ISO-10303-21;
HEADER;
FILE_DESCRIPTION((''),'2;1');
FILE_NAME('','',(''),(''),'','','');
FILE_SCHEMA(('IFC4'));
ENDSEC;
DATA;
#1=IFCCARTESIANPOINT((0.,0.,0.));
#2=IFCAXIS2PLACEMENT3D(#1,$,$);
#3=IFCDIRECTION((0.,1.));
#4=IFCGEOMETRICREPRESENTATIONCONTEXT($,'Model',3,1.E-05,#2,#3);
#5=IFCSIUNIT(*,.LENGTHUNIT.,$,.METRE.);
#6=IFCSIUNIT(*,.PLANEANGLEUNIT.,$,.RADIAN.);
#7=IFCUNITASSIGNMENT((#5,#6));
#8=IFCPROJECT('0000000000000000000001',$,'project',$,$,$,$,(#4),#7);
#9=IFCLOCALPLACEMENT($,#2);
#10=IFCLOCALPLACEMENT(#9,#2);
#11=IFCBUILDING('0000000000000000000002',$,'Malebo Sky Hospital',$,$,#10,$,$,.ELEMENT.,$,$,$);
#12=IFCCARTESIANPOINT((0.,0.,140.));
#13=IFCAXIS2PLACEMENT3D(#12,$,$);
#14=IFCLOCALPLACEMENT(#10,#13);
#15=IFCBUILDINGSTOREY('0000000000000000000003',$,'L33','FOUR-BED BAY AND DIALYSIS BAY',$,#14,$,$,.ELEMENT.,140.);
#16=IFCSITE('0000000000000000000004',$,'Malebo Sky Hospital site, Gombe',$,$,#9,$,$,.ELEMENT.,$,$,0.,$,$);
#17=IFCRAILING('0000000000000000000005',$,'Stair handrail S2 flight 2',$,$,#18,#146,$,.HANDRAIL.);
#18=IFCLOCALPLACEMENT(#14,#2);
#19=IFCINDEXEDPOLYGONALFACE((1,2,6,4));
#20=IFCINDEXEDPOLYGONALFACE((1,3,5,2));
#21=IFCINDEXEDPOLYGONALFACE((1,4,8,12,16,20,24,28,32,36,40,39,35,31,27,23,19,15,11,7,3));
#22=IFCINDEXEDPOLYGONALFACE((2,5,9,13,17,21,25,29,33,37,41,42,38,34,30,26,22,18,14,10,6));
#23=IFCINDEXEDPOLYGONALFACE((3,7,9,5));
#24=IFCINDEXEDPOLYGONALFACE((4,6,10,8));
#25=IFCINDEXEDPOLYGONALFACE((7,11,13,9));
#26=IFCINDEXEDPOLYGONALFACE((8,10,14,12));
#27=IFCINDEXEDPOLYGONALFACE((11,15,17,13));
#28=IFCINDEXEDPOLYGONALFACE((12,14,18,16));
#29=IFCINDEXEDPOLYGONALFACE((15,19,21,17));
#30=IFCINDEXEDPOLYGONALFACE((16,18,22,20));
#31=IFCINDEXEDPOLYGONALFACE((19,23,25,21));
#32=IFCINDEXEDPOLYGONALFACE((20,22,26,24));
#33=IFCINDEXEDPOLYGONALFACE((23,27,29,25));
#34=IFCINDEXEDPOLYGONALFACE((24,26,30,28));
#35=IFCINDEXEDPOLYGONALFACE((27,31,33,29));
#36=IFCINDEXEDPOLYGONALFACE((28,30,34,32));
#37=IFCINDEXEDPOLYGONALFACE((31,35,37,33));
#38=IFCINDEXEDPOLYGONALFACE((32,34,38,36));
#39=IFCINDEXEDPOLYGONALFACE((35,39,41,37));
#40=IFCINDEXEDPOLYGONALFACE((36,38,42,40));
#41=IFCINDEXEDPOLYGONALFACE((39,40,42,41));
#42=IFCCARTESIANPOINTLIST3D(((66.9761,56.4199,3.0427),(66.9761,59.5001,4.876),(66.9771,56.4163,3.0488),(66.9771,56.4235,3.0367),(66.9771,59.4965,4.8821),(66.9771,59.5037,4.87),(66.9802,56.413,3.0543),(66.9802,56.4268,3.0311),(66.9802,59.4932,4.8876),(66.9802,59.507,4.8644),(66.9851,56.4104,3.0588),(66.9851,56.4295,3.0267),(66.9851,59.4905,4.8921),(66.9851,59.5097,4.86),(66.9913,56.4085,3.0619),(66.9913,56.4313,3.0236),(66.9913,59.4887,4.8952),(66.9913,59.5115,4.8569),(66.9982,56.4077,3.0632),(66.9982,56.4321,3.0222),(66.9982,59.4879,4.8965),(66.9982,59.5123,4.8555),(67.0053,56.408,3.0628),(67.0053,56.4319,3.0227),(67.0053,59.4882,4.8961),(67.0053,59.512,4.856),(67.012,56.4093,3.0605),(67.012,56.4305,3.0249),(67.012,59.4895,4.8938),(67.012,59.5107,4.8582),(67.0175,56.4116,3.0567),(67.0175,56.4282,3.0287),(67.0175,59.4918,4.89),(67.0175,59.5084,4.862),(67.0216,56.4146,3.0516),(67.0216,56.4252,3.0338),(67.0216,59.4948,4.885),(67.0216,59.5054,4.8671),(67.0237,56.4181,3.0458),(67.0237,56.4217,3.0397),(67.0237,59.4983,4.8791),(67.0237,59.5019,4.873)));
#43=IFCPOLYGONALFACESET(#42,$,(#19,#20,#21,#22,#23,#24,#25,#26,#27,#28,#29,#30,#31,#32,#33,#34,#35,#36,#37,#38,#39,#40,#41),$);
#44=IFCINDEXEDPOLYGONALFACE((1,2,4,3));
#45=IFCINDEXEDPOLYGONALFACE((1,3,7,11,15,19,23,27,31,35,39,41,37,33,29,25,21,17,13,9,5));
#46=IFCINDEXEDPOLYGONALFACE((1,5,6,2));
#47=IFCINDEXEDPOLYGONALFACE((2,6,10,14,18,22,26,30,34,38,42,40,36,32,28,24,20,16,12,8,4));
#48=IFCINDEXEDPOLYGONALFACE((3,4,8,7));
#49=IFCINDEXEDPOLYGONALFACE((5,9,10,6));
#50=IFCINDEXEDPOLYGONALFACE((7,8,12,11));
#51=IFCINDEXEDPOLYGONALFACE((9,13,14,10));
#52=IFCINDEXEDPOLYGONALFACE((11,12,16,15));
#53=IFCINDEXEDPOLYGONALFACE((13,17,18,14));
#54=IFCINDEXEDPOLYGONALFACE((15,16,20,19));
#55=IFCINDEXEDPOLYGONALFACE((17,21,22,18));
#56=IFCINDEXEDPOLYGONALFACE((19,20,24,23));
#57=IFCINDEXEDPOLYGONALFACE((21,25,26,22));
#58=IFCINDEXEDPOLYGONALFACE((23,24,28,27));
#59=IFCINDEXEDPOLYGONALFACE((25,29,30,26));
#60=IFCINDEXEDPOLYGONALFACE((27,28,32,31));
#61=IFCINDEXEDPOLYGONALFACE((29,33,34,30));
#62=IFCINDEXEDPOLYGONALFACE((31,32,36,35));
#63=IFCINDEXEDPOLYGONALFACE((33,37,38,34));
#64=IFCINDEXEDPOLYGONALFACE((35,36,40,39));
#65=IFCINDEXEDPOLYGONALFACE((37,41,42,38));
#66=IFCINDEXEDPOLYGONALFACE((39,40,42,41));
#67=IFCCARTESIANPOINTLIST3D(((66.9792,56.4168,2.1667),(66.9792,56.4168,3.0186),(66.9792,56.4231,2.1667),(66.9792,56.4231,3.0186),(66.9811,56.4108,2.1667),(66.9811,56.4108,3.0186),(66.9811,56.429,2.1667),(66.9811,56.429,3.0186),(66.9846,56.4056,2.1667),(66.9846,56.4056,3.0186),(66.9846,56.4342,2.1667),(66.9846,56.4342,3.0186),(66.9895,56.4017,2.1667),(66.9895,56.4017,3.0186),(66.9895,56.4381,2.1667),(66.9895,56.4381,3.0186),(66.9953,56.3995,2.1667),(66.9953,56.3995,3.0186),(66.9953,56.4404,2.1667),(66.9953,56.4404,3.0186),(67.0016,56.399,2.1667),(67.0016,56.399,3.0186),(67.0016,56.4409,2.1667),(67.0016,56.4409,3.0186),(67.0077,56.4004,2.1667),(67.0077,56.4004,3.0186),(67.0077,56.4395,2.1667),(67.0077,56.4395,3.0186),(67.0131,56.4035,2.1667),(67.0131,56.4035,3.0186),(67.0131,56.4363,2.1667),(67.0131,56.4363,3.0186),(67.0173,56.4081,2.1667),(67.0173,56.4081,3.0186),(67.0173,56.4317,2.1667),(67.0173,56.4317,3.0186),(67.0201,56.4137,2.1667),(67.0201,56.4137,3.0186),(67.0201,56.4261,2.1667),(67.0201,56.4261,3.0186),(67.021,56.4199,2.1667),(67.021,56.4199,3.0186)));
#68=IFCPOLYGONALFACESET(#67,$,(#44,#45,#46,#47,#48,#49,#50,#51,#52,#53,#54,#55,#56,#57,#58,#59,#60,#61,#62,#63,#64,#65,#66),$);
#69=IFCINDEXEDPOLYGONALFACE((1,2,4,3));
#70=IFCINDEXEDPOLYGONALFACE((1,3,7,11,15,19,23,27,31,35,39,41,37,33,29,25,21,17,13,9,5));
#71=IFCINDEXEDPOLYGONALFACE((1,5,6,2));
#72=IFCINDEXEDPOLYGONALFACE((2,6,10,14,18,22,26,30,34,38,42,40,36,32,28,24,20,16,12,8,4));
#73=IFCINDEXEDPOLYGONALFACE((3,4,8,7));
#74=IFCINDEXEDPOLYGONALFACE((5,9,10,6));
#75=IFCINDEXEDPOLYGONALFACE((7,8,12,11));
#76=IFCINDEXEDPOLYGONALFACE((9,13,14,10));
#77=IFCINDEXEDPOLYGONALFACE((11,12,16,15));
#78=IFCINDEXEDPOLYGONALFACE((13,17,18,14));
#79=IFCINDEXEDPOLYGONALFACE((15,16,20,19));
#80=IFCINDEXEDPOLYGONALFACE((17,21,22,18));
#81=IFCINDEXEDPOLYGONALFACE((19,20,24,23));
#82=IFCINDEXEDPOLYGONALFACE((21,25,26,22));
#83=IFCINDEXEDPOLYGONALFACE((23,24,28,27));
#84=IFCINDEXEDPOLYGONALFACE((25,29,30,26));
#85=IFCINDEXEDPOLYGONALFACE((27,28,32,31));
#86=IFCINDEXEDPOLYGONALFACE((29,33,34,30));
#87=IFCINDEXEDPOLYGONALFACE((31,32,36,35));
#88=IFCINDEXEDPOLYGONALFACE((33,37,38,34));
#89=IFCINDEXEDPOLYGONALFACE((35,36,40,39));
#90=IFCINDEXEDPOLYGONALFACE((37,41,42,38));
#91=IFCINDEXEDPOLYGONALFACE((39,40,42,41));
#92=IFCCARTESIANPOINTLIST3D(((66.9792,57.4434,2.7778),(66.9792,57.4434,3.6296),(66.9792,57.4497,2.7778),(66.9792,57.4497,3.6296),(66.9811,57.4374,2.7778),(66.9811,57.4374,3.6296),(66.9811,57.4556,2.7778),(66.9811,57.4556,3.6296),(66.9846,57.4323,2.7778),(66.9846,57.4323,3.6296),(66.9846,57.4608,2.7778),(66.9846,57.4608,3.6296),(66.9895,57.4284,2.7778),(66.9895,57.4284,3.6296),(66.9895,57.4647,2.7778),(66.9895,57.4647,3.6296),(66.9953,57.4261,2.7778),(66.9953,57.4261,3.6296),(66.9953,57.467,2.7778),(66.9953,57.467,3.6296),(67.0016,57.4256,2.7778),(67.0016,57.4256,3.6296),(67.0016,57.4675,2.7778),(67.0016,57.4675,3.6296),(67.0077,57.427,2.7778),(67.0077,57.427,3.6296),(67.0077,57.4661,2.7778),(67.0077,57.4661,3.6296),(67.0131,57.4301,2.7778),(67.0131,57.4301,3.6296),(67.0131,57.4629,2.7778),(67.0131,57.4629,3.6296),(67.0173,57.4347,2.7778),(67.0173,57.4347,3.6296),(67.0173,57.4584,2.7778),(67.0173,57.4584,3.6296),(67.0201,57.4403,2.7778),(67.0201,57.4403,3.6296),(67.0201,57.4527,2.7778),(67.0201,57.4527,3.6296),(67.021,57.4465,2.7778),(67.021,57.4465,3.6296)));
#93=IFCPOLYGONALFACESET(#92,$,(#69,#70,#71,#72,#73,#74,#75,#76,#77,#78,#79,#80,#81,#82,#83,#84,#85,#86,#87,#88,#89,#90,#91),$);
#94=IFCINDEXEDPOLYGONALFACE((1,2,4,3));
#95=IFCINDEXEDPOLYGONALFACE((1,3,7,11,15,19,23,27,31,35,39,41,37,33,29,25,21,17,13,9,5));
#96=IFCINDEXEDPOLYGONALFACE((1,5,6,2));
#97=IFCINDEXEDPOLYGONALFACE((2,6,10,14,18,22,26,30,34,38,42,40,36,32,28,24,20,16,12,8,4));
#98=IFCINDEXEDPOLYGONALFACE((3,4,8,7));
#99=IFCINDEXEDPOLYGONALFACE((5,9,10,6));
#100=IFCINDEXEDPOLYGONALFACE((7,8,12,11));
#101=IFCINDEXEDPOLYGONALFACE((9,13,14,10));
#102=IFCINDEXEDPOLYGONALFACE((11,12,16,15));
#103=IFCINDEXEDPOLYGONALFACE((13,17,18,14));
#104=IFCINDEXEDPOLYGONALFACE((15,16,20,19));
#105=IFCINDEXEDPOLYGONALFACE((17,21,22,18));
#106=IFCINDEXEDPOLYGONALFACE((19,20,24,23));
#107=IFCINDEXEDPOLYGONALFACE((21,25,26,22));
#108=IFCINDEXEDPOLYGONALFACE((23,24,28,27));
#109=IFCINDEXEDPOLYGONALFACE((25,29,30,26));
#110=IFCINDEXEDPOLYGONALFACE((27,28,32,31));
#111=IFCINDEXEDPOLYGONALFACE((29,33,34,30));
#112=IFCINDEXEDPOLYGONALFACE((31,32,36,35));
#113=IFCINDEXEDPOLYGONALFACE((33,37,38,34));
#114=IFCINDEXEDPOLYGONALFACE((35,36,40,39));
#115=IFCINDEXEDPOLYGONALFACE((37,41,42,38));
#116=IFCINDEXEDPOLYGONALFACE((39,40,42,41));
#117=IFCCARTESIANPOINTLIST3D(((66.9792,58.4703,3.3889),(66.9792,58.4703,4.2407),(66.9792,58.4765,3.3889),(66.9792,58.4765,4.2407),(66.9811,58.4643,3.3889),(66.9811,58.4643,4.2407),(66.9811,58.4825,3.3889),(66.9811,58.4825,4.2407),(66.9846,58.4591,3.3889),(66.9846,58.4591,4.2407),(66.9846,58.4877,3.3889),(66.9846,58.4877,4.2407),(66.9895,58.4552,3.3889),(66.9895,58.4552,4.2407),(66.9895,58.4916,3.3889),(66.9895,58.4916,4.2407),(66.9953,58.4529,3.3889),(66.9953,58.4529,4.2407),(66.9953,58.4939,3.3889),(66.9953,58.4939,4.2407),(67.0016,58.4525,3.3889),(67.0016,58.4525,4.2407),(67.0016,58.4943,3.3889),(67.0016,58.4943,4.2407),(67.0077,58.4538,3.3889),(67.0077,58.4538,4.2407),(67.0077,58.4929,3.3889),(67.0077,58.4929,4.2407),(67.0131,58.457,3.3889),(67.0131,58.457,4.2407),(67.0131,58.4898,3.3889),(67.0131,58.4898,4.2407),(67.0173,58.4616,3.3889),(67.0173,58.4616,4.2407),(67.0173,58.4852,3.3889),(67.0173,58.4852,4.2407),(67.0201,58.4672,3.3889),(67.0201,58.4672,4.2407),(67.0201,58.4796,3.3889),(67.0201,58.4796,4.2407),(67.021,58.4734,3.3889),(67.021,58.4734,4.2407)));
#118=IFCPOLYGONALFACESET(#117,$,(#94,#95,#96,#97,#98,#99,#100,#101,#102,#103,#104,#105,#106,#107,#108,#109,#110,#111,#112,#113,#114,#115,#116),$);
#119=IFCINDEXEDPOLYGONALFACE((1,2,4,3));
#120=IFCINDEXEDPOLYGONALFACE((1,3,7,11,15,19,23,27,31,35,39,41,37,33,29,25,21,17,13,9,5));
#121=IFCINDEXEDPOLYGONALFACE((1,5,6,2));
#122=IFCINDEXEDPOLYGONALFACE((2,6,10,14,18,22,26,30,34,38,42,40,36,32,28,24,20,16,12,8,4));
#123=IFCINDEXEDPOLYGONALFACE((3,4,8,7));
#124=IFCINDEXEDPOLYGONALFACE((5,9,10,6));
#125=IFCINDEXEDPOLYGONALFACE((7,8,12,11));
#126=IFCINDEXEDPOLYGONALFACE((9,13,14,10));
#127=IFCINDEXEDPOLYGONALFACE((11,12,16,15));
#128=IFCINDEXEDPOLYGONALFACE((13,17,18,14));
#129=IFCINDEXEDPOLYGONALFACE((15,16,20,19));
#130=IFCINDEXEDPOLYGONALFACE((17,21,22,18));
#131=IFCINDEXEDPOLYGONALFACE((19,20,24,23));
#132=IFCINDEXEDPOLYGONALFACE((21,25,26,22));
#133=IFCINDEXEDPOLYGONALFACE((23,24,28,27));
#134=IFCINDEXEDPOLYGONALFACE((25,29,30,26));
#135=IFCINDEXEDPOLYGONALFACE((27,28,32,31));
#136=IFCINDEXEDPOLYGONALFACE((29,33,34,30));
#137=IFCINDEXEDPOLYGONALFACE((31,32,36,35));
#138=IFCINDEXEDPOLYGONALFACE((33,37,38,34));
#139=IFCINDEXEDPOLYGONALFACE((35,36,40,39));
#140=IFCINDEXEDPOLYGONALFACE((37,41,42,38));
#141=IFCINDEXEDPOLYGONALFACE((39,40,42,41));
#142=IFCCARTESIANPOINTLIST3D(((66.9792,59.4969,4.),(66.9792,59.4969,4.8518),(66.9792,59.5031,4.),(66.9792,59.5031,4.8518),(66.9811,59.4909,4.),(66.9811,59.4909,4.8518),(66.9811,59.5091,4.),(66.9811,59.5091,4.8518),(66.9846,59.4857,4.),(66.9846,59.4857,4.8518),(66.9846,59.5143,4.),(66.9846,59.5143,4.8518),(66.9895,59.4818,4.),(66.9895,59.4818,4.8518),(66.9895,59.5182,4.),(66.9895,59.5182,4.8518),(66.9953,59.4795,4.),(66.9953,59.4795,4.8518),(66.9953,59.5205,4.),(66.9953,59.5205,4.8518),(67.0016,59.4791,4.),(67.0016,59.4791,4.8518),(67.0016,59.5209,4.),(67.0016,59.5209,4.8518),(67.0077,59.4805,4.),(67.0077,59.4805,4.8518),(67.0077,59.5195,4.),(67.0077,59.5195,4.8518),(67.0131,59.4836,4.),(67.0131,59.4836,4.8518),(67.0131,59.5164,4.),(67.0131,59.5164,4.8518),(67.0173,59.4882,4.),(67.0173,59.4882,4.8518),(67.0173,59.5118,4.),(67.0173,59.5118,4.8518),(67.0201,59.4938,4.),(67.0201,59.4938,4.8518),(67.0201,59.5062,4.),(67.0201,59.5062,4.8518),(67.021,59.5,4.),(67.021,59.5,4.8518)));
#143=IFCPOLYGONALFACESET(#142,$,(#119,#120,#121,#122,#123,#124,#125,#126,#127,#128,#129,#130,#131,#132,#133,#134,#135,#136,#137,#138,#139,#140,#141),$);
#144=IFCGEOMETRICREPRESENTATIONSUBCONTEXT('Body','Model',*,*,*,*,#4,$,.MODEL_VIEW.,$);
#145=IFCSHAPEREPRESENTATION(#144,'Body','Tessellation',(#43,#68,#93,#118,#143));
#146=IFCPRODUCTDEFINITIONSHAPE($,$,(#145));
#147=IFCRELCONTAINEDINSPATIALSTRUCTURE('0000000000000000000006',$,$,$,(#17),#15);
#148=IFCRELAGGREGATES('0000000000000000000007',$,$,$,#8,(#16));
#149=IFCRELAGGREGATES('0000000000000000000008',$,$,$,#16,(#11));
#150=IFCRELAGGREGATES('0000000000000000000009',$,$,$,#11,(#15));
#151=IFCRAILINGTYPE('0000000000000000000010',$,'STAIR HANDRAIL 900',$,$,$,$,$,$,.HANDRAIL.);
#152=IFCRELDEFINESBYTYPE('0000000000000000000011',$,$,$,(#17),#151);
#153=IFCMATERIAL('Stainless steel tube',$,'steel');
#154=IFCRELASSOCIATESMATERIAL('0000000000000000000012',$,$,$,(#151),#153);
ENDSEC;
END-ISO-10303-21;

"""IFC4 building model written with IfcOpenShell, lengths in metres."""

from ifc_helpers import new_model, si_unit, direction, frame, origin, origin_2d, place, context, subcontext, project, spatial, circle, extrude, material, type_object, element, save


model = new_model("IFC4")

# Units and contexts
model_context = context("Model", 3, precision=1e-05, world=origin(), true_north=direction((0.0, 1.0)))
body_context = subcontext(model_context, "Body", "Model", "MODEL_VIEW")
ifc_project = project(units=[si_unit("LENGTHUNIT", "METRE"), si_unit("PLANEANGLEUNIT", "RADIAN")], contexts=[model_context])

# Site, building, storey
site_placement = place(None, origin())
site = spatial("IfcSite", under=ifc_project, at=site_placement, Name="Malebo Sky Hospital site, Gombe", CompositionType="ELEMENT", RefElevation=0.0)
building_placement = place(site_placement, origin())
building = spatial("IfcBuilding", under=site, at=building_placement, Name="Malebo Sky Hospital", CompositionType="ELEMENT")
storey_placement = place(building_placement, frame((0.0, 0.0, 140.0)))
storey = spatial("IfcBuildingStorey", under=building, at=storey_placement, Name="L33", Description="FOUR-BED BAY AND DIALYSIS BAY", CompositionType="ELEMENT", Elevation=140.0)

# Railing
ifc_material_1 = material(Name="Stainless steel tube", Category="steel")
railing_type = type_object("IfcRailingType", Name="STAIR HANDRAIL 900", PredefinedType="HANDRAIL", material=ifc_material_1)
railing_1_placement = place(storey_placement, frame((67.0, 56.4199, 2.1667)))
element("IfcRailing", 1, at=railing_1_placement, inside=storey, type_object=railing_type, Name="Stair handrail S2 flight 2", PredefinedType="HANDRAIL", context=body_context, shape_type="SweptSolid", body=[
    extrude(circle(Radius=0.0239, at=origin_2d()), frame((0.0, 0.0, 0.876), z_axis=(0.0, 0.859309, 0.511458), x_axis=(-1.0, 0.0, 0.0)), (0.0, 0.0, 1.0), 3.5845),
    extrude(circle(Radius=0.021, at=origin_2d()), origin(), (0.0, 0.0, 1.0), 0.8518),
    extrude(circle(Radius=0.021, at=origin_2d()), frame((0.0, 1.0266, 0.6111)), (0.0, 0.0, 1.0), 0.8518),
    extrude(circle(Radius=0.021, at=origin_2d()), frame((0.0, 2.0535, 1.2222)), (0.0, 0.0, 1.0), 0.8518),
    extrude(circle(Radius=0.021, at=origin_2d()), frame((0.0, 3.0801, 1.8333)), (0.0, 0.0, 1.0), 0.8518),
])

save(model, "model.ifc")
